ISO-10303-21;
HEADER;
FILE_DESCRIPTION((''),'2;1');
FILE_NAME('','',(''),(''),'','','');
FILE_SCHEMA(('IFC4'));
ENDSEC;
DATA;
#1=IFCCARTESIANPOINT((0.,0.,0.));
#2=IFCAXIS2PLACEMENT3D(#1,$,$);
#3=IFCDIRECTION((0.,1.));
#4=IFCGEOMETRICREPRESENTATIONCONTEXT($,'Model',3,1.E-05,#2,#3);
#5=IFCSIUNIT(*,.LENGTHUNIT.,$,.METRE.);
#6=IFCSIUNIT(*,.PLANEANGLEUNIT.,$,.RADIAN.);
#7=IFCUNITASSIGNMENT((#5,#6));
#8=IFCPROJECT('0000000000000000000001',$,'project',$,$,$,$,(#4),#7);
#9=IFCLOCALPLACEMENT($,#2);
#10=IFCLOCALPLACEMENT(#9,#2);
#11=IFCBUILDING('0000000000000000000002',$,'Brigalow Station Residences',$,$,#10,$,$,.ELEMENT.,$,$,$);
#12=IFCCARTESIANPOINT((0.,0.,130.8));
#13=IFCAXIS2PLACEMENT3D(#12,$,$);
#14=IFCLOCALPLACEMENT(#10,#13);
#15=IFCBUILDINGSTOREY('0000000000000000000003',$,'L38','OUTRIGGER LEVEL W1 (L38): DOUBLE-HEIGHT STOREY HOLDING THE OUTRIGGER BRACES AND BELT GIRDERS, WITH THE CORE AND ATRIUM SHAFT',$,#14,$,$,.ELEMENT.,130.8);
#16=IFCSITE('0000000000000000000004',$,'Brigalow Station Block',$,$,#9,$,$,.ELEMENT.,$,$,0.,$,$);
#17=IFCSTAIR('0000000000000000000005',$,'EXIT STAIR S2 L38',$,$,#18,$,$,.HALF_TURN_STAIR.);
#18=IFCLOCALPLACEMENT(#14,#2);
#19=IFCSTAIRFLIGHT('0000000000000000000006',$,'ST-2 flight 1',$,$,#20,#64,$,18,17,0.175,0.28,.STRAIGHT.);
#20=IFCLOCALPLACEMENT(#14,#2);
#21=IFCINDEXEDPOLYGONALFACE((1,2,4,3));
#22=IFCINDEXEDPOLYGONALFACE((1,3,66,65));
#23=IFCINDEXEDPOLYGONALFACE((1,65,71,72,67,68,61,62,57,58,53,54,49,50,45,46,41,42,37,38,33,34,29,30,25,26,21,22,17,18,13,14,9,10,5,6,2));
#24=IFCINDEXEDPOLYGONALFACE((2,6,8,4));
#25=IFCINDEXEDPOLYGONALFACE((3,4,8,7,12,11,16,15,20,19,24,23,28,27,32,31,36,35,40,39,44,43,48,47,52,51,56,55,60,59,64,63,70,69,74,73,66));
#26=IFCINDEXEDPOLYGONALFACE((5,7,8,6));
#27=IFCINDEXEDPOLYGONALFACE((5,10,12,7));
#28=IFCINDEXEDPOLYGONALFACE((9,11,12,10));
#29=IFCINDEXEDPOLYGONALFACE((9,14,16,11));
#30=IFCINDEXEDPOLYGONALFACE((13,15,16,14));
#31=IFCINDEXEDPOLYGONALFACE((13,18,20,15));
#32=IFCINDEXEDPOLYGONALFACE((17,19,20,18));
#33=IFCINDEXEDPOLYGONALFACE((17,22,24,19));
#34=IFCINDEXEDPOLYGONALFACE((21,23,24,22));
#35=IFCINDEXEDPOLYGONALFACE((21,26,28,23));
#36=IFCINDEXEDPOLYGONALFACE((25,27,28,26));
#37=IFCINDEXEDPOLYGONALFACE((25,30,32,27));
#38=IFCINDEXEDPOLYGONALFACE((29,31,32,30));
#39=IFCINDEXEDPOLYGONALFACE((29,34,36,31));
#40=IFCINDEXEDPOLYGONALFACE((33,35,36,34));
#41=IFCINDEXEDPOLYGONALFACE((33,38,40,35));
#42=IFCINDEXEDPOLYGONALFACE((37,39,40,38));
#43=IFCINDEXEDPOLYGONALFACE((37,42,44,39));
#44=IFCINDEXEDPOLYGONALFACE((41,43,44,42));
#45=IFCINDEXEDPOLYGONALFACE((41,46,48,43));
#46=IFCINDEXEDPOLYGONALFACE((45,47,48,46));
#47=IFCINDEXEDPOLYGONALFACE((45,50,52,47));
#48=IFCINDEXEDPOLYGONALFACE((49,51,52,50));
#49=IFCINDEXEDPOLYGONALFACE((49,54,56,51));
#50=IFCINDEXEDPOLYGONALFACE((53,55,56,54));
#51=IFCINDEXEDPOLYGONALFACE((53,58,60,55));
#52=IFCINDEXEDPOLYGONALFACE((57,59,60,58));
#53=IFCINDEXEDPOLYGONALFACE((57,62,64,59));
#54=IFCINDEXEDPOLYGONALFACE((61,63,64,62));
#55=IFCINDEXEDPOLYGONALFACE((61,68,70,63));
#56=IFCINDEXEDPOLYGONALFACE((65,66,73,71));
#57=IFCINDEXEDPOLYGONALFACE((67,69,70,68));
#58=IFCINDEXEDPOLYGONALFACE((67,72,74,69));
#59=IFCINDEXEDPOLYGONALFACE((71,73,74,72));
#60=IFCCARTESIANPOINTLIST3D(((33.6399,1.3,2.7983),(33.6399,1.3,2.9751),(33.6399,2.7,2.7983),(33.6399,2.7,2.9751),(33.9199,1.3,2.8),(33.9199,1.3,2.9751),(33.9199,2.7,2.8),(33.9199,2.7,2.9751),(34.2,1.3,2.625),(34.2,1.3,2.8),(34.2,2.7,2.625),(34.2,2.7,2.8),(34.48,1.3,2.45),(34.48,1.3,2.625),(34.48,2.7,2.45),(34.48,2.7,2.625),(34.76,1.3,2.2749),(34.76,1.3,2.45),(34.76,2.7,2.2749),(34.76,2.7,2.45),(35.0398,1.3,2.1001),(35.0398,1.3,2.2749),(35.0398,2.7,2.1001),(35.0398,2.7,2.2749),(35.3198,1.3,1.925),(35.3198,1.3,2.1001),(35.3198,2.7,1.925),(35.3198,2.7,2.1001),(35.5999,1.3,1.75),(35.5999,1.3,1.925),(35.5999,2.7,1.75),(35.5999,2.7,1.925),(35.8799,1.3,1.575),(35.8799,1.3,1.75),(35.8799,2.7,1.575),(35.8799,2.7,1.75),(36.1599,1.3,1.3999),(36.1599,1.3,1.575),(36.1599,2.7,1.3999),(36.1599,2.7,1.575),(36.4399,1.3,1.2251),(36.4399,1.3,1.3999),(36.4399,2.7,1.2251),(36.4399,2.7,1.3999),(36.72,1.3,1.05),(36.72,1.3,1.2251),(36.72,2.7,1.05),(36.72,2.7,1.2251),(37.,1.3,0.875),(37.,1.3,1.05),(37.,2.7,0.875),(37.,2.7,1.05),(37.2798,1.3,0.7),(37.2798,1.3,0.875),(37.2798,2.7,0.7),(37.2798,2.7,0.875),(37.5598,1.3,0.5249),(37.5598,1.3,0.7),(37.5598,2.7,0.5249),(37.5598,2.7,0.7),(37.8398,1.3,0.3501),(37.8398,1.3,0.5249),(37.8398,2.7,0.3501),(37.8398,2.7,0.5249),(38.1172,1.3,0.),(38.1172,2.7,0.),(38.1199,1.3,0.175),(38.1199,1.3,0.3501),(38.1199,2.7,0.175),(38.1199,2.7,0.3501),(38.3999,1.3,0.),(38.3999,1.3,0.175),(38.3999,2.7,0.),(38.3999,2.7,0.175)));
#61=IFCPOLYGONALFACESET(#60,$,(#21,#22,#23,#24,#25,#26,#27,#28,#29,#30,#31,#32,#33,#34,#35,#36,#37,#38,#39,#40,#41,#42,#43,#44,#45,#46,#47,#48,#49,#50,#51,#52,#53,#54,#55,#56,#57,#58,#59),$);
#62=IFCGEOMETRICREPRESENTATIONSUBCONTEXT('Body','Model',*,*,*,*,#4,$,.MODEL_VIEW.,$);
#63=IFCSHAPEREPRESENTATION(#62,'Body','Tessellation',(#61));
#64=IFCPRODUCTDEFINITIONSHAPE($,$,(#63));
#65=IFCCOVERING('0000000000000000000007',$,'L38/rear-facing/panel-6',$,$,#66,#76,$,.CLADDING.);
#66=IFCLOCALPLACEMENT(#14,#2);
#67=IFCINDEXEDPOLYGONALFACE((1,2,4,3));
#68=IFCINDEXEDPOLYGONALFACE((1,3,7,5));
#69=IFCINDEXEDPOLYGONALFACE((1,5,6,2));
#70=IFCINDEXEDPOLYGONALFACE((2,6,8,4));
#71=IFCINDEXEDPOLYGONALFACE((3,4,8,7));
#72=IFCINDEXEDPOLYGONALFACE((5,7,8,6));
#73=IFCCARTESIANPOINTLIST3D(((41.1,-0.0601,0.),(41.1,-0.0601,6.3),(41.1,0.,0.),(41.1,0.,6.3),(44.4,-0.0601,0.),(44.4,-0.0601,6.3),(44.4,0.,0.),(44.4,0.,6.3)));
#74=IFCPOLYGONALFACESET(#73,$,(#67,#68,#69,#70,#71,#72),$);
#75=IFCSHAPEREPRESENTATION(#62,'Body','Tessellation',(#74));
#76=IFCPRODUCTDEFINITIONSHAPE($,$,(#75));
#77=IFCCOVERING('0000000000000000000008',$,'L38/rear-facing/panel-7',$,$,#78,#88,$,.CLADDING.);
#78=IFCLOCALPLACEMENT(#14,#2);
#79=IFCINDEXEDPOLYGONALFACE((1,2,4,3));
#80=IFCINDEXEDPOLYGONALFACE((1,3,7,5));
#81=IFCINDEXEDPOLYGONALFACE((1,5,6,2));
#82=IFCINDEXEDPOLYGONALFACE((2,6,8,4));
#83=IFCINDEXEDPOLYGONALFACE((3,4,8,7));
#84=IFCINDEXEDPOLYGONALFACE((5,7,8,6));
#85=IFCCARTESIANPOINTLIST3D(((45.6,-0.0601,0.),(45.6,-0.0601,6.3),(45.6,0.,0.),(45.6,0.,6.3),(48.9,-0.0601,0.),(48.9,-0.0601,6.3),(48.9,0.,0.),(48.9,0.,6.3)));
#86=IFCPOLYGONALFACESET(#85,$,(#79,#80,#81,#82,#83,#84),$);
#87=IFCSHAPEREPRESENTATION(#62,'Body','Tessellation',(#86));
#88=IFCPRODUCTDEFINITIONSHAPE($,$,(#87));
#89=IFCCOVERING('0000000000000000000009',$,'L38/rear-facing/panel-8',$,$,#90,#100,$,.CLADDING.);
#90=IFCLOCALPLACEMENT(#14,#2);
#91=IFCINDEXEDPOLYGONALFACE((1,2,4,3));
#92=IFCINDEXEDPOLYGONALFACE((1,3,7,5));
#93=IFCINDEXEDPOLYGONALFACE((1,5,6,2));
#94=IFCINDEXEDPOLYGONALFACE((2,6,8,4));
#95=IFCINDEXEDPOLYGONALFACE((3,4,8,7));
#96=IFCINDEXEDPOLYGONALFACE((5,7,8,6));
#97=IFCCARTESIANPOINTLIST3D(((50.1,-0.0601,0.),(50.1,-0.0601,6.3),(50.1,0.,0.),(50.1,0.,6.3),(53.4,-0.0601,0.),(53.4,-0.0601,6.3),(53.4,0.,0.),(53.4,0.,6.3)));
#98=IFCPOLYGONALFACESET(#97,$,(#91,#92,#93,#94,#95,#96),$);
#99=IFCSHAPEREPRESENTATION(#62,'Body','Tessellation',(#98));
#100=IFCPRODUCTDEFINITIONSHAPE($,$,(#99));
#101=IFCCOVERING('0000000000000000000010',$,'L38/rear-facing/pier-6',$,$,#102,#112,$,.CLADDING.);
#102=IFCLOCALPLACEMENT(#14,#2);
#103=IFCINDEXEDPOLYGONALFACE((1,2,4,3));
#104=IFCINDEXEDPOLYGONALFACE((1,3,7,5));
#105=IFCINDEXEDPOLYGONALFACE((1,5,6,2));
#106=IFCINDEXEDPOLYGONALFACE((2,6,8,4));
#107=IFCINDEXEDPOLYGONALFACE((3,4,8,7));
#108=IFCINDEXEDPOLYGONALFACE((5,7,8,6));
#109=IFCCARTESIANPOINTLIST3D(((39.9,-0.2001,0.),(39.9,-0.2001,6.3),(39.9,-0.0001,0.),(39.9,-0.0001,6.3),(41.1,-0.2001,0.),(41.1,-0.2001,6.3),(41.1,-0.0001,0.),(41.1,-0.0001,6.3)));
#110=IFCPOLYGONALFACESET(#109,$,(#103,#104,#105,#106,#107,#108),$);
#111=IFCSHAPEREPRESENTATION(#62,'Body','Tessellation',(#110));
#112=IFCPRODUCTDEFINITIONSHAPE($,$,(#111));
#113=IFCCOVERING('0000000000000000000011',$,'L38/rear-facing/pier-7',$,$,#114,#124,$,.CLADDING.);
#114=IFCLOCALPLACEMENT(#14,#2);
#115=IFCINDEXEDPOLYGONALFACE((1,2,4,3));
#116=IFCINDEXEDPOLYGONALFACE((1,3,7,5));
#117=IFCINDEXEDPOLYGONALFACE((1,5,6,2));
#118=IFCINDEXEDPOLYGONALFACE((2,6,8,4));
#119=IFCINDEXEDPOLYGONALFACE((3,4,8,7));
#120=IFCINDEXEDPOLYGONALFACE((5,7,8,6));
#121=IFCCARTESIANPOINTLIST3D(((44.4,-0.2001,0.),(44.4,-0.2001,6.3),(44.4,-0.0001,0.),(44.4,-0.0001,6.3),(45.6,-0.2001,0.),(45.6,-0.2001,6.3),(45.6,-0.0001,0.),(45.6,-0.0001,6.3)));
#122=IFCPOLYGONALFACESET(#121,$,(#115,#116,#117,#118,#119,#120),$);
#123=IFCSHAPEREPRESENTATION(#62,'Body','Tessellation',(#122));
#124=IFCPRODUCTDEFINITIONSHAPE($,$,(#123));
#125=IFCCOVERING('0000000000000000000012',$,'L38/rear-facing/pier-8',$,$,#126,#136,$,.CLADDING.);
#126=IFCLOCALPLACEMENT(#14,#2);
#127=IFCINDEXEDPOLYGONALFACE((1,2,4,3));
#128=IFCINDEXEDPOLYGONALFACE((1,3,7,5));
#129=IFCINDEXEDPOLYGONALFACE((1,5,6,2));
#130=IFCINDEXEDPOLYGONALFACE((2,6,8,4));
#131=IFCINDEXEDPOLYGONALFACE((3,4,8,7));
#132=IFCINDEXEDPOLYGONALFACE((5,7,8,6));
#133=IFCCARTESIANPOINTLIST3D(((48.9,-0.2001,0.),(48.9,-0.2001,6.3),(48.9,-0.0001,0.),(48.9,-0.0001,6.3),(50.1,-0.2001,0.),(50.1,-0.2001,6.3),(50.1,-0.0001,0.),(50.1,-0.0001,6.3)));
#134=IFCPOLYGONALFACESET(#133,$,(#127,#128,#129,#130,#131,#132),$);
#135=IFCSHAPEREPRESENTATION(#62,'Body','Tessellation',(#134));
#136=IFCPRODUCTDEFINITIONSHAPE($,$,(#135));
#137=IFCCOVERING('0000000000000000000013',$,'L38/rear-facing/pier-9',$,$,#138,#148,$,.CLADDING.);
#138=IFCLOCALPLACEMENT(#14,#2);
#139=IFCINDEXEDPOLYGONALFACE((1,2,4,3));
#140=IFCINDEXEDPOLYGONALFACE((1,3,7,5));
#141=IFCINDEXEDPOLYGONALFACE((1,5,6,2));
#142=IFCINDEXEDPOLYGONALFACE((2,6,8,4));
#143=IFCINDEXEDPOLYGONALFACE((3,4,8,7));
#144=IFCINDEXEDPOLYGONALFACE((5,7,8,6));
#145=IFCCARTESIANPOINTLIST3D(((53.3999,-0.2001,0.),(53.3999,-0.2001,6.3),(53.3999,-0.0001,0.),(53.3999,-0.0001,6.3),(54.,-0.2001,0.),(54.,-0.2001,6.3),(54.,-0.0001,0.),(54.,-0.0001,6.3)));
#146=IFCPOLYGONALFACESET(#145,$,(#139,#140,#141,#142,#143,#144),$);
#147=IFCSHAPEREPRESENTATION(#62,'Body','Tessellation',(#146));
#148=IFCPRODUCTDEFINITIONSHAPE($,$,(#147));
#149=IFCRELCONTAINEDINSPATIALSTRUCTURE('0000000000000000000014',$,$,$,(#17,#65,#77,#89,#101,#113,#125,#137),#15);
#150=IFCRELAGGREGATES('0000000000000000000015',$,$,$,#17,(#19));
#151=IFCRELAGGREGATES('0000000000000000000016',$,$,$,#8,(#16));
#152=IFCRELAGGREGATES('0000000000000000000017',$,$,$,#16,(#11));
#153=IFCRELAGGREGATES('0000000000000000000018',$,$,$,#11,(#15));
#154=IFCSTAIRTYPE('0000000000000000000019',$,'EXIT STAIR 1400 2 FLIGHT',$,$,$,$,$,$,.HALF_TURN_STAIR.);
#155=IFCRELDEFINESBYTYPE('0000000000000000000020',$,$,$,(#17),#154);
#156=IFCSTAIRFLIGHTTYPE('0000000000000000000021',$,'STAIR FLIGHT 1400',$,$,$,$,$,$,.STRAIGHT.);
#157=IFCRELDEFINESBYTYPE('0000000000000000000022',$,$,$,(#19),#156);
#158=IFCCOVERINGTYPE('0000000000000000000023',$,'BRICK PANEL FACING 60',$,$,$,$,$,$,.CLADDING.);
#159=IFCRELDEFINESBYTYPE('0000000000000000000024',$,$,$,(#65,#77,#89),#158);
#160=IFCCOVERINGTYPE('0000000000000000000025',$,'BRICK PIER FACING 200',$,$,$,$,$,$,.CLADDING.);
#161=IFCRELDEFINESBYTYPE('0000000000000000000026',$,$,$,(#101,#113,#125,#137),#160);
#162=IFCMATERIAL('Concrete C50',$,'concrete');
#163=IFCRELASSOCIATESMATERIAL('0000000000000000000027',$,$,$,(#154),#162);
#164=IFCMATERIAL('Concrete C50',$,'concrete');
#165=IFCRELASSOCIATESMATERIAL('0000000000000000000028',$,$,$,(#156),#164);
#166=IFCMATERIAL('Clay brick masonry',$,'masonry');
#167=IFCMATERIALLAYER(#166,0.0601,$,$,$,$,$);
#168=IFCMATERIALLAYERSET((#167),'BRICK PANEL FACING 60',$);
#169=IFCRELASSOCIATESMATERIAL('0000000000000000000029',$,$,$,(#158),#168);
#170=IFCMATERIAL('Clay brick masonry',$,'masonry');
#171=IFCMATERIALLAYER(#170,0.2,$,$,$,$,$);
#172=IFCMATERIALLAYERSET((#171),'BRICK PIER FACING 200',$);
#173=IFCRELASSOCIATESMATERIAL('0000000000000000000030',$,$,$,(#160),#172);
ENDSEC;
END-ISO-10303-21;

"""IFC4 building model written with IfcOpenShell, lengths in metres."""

from ifc_helpers import new_model, si_unit, direction, frame, origin, origin_2d, place, context, subcontext, project, spatial, polyline, rectangle, outline, extrude, material, layer, layer_set, type_object, element, aggregate, save


model = new_model("IFC4")

# Units and contexts
model_context = context("Model", 3, precision=1e-05, world=origin(), true_north=direction((0.0, 1.0)))
body_context = subcontext(model_context, "Body", "Model", "MODEL_VIEW")
ifc_project = project(units=[si_unit("LENGTHUNIT", "METRE"), si_unit("PLANEANGLEUNIT", "RADIAN")], contexts=[model_context])

# Site, building, storey
site_placement = place(None, origin())
site = spatial("IfcSite", under=ifc_project, at=site_placement, Name="Brigalow Station Block", CompositionType="ELEMENT", RefElevation=0.0)
building_placement = place(site_placement, origin())
building = spatial("IfcBuilding", under=site, at=building_placement, Name="Brigalow Station Residences", CompositionType="ELEMENT")
storey_placement = place(building_placement, frame((0.0, 0.0, 130.8)))
storey = spatial("IfcBuildingStorey", under=building, at=storey_placement, Name="L38", Description="OUTRIGGER LEVEL W1 (L38): DOUBLE-HEIGHT STOREY HOLDING THE OUTRIGGER BRACES AND BELT GIRDERS, WITH THE CORE AND ATRIUM SHAFT", CompositionType="ELEMENT", Elevation=130.8)

# Stair, stair flight
ifc_material_1 = material(Name="Concrete C50", Category="concrete")
stair_type = type_object("IfcStairType", Name="EXIT STAIR 1400 2 FLIGHT", PredefinedType="HALF_TURN_STAIR", material=ifc_material_1)
stair_placement = place(storey_placement, origin())
stair = element("IfcStair", 1, at=stair_placement, inside=storey, type_object=stair_type, Name="EXIT STAIR S2 L38", PredefinedType="HALF_TURN_STAIR")
ifc_material_2 = material(Name="Concrete C50", Category="concrete")
stair_flight_type = type_object("IfcStairFlightType", Name="STAIR FLIGHT 1400", PredefinedType="STRAIGHT", material=ifc_material_2)
stair_flight_placement = place(storey_placement, frame((38.3999, 2.0, 0.0), z_axis=(0.0, 0.0, 1.0), x_axis=(-1.0, 0.0, 0.0)))
stair_flight = element("IfcStairFlight", 2, at=stair_flight_placement, type_object=stair_flight_type, Name="ST-2 flight 1", NumberOfRisers=18, NumberOfTreads=17, PredefinedType="STRAIGHT", RiserHeight=0.175, TreadLength=0.28, context=body_context, shape_type="SweptSolid", body=[
    extrude(outline(polyline([(0.0, 0.0), (0.0, 0.175), (0.28, 0.175), (0.28, 0.3501), (0.5601, 0.3501), (0.5601, 0.5249), (0.8401, 0.5249), (0.8401, 0.7), (1.1201, 0.7), (1.1201, 0.875), (1.3999, 0.875), (1.3999, 1.05), (1.6799, 1.05), (1.6799, 1.2251), (1.96, 1.2251), (1.96, 1.3999), (2.24, 1.3999), (2.24, 1.575), (2.52, 1.575), (2.52, 1.75), (2.8, 1.75), (2.8, 1.925), (3.0801, 1.925), (3.0801, 2.1001), (3.3601, 2.1001), (3.3601, 2.2749), (3.6399, 2.2749), (3.6399, 2.45), (3.9199, 2.45), (3.9199, 2.625), (4.2, 2.625), (4.2, 2.8), (4.48, 2.8), (4.48, 2.9751), (4.76, 2.9751), (4.76, 3.1499), (4.76, 2.7983), (0.2827, 0.0), (0.0, 0.0)])), frame((0.0, 0.7, 0.0), z_axis=(0.0, -1.0, 0.0), x_axis=(1.0, 0.0, 0.0)), (0.0, 0.0, 1.0), 1.3999),
])
aggregate(stair, [stair_flight])

# Coverings
ifc_material_3 = material(Name="Clay brick masonry", Category="masonry")
ifc_layer_1 = layer(ifc_material_3, 0.0601)
ifc_layer_set_1 = layer_set([ifc_layer_1], Name="BRICK PANEL FACING 60")
covering_type_1 = type_object("IfcCoveringType", Name="BRICK PANEL FACING 60", PredefinedType="CLADDING", material=ifc_layer_set_1)
for number, where, z_axis, x_axis, name in (
    (3, (42.75, -0.03, 0.0), (0.0, 0.0, 1.0), (1.0, 0.0, 0.0), "L38/rear-facing/panel-6"),
    (4, (47.25, -0.03, 0.0), (0.0, 0.0, 1.0), (1.0, 0.0, 0.0), "L38/rear-facing/panel-7"),
    (5, (51.75, -0.03, 0.0), (0.0, 0.0, 1.0), (1.0, 0.0, 0.0), "L38/rear-facing/panel-8"),
):
    element("IfcCovering", number, at=place(storey_placement, frame(where, z_axis=z_axis, x_axis=x_axis)), inside=storey, type_object=covering_type_1, Name=name, PredefinedType="CLADDING", context=body_context, shape_type="SweptSolid", body=[
        extrude(rectangle(XDim=3.3, YDim=0.0601, at=origin_2d()), origin(), (0.0, 0.0, 1.0), 6.3),
    ])
ifc_material_4 = material(Name="Clay brick masonry", Category="masonry")
ifc_layer_2 = layer(ifc_material_4, 0.2)
ifc_layer_set_2 = layer_set([ifc_layer_2], Name="BRICK PIER FACING 200")
covering_type_2 = type_object("IfcCoveringType", Name="BRICK PIER FACING 200", PredefinedType="CLADDING", material=ifc_layer_set_2)
for number, where, z_axis, x_axis, name in (
    (6, (40.5, -0.1001, 0.0), (0.0, 0.0, 1.0), (1.0, 0.0, 0.0), "L38/rear-facing/pier-6"),
    (7, (45.0, -0.1001, 0.0), (0.0, 0.0, 1.0), (1.0, 0.0, 0.0), "L38/rear-facing/pier-7"),
    (8, (49.5, -0.1001, 0.0), (0.0, 0.0, 1.0), (1.0, 0.0, 0.0), "L38/rear-facing/pier-8"),
):
    element("IfcCovering", number, at=place(storey_placement, frame(where, z_axis=z_axis, x_axis=x_axis)), inside=storey, type_object=covering_type_2, Name=name, PredefinedType="CLADDING", context=body_context, shape_type="SweptSolid", body=[
        extrude(rectangle(XDim=1.2, YDim=0.2, at=origin_2d()), origin(), (0.0, 0.0, 1.0), 6.3),
    ])
covering_placement = place(storey_placement, frame((53.7, -0.1001, 0.0), z_axis=(0.0, 0.0, 1.0), x_axis=(1.0, 0.0, 0.0)))
element("IfcCovering", 9, at=covering_placement, inside=storey, type_object=covering_type_2, Name="L38/rear-facing/pier-9", PredefinedType="CLADDING", context=body_context, shape_type="SweptSolid", body=[
    extrude(rectangle(XDim=0.6001, YDim=0.2, at=origin_2d()), origin(), (0.0, 0.0, 1.0), 6.3),
])

save(model, "model.ifc")
